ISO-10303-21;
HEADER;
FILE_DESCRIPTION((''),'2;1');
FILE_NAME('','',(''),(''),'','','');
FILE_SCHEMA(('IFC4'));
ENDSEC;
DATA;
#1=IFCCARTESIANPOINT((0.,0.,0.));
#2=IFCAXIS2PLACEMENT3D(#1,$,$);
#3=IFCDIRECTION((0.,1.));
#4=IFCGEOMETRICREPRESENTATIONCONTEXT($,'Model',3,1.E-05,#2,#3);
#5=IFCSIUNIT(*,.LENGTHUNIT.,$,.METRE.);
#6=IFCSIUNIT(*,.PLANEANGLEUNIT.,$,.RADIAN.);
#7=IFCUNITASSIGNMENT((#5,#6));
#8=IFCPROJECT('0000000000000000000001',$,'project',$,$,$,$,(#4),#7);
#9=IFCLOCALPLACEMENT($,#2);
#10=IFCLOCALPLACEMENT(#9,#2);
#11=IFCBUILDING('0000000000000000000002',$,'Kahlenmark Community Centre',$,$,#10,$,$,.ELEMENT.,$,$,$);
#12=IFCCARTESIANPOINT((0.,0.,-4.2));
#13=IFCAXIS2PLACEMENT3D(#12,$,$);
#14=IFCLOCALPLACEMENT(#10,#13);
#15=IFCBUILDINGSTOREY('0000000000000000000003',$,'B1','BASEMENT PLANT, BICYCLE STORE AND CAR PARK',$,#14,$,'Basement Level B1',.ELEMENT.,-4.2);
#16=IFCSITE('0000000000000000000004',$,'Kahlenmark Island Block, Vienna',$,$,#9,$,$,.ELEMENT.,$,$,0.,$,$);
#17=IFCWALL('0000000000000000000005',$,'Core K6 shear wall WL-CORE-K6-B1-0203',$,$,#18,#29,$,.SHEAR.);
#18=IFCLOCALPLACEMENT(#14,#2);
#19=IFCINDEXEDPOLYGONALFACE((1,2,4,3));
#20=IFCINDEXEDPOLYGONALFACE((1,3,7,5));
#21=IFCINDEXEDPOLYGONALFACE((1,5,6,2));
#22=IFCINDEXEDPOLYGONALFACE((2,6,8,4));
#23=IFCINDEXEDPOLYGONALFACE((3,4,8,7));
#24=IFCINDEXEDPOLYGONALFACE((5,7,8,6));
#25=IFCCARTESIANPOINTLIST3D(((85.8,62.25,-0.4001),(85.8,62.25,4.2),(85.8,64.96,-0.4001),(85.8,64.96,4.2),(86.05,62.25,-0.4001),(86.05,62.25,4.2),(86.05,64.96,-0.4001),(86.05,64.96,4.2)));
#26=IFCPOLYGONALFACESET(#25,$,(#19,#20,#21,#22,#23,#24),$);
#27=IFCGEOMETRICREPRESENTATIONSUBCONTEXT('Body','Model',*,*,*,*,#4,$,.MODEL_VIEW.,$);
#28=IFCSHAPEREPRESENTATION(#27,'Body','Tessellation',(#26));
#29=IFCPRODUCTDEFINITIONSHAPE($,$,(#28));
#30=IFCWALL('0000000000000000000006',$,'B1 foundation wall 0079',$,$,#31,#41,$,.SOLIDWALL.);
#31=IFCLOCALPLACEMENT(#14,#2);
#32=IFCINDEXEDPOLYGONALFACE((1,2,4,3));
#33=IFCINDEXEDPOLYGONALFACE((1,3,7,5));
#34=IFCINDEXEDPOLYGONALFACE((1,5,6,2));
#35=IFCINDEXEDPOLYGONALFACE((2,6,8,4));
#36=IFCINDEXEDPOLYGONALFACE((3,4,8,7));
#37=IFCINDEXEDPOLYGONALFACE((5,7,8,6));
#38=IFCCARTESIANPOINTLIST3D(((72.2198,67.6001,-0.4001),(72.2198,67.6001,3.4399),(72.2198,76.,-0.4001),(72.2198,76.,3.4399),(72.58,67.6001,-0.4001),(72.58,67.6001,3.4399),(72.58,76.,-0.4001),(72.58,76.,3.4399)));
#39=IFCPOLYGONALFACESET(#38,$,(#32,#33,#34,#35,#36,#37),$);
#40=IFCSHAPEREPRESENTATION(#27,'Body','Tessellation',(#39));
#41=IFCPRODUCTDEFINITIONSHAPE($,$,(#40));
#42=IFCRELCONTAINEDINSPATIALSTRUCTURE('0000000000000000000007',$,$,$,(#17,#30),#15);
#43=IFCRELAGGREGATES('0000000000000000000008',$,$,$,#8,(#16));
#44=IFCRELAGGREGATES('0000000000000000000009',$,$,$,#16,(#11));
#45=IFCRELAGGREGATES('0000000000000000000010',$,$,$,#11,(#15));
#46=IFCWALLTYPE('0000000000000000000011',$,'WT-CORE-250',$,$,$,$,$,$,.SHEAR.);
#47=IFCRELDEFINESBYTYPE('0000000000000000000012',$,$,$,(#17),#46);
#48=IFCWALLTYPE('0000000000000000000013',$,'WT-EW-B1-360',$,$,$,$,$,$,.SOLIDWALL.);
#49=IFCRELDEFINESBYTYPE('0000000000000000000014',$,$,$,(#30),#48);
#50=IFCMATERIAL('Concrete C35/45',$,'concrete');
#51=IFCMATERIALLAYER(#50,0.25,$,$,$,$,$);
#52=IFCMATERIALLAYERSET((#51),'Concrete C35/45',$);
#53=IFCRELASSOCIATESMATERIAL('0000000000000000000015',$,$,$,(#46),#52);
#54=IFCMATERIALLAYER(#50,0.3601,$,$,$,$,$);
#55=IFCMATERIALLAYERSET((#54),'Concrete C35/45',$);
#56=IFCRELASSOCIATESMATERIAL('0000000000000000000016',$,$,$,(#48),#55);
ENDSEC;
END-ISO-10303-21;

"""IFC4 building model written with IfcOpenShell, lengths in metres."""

from ifc_helpers import new_model, si_unit, direction, frame, frame_2d, origin, place, context, subcontext, project, spatial, rectangle, extrude, material, layer, layer_set, type_object, element, save


model = new_model("IFC4")

# Units and contexts
model_context = context("Model", 3, precision=1e-05, world=origin(), true_north=direction((0.0, 1.0)))
body_context = subcontext(model_context, "Body", "Model", "MODEL_VIEW")
ifc_project = project(units=[si_unit("LENGTHUNIT", "METRE"), si_unit("PLANEANGLEUNIT", "RADIAN")], contexts=[model_context])

# Site, building, storey
site_placement = place(None, origin())
site = spatial("IfcSite", under=ifc_project, at=site_placement, Name="Kahlenmark Island Block, Vienna", CompositionType="ELEMENT", RefElevation=0.0)
building_placement = place(site_placement, origin())
building = spatial("IfcBuilding", under=site, at=building_placement, Name="Kahlenmark Community Centre", CompositionType="ELEMENT")
storey_placement = place(building_placement, frame((0.0, 0.0, -4.2)))
storey = spatial("IfcBuildingStorey", under=building, at=storey_placement, Name="B1", Description="BASEMENT PLANT, BICYCLE STORE AND CAR PARK", LongName="Basement Level B1", CompositionType="ELEMENT", Elevation=-4.2)

# Shared definitions
ifc_material_1 = material(Name="Concrete C35/45", Category="concrete")

# Walls
ifc_layer_1 = layer(ifc_material_1, 0.25)
ifc_layer_set_1 = layer_set([ifc_layer_1], Name="Concrete C35/45")
wall_type_1 = type_object("IfcWallType", Name="WT-CORE-250", PredefinedType="SHEAR", material=ifc_layer_set_1)
wall_1_placement = place(storey_placement, frame((85.925, 62.25, -0.4001), z_axis=(0.0, 0.0, 1.0), x_axis=(0.0, 1.0, 0.0)))
element("IfcWall", 1, at=wall_1_placement, inside=storey, type_object=wall_type_1, Name="Core K6 shear wall WL-CORE-K6-B1-0203", PredefinedType="SHEAR", context=body_context, shape_type="SweptSolid", body=[
    extrude(rectangle(XDim=2.71, YDim=0.25, at=frame_2d((1.355, 0.0))), origin(), (0.0, 0.0, 1.0), 4.6001),
])
ifc_layer_2 = layer(ifc_material_1, 0.3601)
ifc_layer_set_2 = layer_set([ifc_layer_2], Name="Concrete C35/45")
wall_type_2 = type_object("IfcWallType", Name="WT-EW-B1-360", PredefinedType="SOLIDWALL", material=ifc_layer_set_2)
wall_2_placement = place(storey_placement, frame((72.3999, 67.6001, -0.4001), z_axis=(0.0, 0.0, 1.0), x_axis=(0.0, 1.0, 0.0)))
element("IfcWall", 2, at=wall_2_placement, inside=storey, type_object=wall_type_2, Name="B1 foundation wall 0079", PredefinedType="SOLIDWALL", context=body_context, shape_type="SweptSolid", body=[
    extrude(rectangle(XDim=8.3999, YDim=0.3601, at=frame_2d((4.2, 0.0))), origin(), (0.0, 0.0, 1.0), 3.8401),
])

save(model, "model.ifc")
